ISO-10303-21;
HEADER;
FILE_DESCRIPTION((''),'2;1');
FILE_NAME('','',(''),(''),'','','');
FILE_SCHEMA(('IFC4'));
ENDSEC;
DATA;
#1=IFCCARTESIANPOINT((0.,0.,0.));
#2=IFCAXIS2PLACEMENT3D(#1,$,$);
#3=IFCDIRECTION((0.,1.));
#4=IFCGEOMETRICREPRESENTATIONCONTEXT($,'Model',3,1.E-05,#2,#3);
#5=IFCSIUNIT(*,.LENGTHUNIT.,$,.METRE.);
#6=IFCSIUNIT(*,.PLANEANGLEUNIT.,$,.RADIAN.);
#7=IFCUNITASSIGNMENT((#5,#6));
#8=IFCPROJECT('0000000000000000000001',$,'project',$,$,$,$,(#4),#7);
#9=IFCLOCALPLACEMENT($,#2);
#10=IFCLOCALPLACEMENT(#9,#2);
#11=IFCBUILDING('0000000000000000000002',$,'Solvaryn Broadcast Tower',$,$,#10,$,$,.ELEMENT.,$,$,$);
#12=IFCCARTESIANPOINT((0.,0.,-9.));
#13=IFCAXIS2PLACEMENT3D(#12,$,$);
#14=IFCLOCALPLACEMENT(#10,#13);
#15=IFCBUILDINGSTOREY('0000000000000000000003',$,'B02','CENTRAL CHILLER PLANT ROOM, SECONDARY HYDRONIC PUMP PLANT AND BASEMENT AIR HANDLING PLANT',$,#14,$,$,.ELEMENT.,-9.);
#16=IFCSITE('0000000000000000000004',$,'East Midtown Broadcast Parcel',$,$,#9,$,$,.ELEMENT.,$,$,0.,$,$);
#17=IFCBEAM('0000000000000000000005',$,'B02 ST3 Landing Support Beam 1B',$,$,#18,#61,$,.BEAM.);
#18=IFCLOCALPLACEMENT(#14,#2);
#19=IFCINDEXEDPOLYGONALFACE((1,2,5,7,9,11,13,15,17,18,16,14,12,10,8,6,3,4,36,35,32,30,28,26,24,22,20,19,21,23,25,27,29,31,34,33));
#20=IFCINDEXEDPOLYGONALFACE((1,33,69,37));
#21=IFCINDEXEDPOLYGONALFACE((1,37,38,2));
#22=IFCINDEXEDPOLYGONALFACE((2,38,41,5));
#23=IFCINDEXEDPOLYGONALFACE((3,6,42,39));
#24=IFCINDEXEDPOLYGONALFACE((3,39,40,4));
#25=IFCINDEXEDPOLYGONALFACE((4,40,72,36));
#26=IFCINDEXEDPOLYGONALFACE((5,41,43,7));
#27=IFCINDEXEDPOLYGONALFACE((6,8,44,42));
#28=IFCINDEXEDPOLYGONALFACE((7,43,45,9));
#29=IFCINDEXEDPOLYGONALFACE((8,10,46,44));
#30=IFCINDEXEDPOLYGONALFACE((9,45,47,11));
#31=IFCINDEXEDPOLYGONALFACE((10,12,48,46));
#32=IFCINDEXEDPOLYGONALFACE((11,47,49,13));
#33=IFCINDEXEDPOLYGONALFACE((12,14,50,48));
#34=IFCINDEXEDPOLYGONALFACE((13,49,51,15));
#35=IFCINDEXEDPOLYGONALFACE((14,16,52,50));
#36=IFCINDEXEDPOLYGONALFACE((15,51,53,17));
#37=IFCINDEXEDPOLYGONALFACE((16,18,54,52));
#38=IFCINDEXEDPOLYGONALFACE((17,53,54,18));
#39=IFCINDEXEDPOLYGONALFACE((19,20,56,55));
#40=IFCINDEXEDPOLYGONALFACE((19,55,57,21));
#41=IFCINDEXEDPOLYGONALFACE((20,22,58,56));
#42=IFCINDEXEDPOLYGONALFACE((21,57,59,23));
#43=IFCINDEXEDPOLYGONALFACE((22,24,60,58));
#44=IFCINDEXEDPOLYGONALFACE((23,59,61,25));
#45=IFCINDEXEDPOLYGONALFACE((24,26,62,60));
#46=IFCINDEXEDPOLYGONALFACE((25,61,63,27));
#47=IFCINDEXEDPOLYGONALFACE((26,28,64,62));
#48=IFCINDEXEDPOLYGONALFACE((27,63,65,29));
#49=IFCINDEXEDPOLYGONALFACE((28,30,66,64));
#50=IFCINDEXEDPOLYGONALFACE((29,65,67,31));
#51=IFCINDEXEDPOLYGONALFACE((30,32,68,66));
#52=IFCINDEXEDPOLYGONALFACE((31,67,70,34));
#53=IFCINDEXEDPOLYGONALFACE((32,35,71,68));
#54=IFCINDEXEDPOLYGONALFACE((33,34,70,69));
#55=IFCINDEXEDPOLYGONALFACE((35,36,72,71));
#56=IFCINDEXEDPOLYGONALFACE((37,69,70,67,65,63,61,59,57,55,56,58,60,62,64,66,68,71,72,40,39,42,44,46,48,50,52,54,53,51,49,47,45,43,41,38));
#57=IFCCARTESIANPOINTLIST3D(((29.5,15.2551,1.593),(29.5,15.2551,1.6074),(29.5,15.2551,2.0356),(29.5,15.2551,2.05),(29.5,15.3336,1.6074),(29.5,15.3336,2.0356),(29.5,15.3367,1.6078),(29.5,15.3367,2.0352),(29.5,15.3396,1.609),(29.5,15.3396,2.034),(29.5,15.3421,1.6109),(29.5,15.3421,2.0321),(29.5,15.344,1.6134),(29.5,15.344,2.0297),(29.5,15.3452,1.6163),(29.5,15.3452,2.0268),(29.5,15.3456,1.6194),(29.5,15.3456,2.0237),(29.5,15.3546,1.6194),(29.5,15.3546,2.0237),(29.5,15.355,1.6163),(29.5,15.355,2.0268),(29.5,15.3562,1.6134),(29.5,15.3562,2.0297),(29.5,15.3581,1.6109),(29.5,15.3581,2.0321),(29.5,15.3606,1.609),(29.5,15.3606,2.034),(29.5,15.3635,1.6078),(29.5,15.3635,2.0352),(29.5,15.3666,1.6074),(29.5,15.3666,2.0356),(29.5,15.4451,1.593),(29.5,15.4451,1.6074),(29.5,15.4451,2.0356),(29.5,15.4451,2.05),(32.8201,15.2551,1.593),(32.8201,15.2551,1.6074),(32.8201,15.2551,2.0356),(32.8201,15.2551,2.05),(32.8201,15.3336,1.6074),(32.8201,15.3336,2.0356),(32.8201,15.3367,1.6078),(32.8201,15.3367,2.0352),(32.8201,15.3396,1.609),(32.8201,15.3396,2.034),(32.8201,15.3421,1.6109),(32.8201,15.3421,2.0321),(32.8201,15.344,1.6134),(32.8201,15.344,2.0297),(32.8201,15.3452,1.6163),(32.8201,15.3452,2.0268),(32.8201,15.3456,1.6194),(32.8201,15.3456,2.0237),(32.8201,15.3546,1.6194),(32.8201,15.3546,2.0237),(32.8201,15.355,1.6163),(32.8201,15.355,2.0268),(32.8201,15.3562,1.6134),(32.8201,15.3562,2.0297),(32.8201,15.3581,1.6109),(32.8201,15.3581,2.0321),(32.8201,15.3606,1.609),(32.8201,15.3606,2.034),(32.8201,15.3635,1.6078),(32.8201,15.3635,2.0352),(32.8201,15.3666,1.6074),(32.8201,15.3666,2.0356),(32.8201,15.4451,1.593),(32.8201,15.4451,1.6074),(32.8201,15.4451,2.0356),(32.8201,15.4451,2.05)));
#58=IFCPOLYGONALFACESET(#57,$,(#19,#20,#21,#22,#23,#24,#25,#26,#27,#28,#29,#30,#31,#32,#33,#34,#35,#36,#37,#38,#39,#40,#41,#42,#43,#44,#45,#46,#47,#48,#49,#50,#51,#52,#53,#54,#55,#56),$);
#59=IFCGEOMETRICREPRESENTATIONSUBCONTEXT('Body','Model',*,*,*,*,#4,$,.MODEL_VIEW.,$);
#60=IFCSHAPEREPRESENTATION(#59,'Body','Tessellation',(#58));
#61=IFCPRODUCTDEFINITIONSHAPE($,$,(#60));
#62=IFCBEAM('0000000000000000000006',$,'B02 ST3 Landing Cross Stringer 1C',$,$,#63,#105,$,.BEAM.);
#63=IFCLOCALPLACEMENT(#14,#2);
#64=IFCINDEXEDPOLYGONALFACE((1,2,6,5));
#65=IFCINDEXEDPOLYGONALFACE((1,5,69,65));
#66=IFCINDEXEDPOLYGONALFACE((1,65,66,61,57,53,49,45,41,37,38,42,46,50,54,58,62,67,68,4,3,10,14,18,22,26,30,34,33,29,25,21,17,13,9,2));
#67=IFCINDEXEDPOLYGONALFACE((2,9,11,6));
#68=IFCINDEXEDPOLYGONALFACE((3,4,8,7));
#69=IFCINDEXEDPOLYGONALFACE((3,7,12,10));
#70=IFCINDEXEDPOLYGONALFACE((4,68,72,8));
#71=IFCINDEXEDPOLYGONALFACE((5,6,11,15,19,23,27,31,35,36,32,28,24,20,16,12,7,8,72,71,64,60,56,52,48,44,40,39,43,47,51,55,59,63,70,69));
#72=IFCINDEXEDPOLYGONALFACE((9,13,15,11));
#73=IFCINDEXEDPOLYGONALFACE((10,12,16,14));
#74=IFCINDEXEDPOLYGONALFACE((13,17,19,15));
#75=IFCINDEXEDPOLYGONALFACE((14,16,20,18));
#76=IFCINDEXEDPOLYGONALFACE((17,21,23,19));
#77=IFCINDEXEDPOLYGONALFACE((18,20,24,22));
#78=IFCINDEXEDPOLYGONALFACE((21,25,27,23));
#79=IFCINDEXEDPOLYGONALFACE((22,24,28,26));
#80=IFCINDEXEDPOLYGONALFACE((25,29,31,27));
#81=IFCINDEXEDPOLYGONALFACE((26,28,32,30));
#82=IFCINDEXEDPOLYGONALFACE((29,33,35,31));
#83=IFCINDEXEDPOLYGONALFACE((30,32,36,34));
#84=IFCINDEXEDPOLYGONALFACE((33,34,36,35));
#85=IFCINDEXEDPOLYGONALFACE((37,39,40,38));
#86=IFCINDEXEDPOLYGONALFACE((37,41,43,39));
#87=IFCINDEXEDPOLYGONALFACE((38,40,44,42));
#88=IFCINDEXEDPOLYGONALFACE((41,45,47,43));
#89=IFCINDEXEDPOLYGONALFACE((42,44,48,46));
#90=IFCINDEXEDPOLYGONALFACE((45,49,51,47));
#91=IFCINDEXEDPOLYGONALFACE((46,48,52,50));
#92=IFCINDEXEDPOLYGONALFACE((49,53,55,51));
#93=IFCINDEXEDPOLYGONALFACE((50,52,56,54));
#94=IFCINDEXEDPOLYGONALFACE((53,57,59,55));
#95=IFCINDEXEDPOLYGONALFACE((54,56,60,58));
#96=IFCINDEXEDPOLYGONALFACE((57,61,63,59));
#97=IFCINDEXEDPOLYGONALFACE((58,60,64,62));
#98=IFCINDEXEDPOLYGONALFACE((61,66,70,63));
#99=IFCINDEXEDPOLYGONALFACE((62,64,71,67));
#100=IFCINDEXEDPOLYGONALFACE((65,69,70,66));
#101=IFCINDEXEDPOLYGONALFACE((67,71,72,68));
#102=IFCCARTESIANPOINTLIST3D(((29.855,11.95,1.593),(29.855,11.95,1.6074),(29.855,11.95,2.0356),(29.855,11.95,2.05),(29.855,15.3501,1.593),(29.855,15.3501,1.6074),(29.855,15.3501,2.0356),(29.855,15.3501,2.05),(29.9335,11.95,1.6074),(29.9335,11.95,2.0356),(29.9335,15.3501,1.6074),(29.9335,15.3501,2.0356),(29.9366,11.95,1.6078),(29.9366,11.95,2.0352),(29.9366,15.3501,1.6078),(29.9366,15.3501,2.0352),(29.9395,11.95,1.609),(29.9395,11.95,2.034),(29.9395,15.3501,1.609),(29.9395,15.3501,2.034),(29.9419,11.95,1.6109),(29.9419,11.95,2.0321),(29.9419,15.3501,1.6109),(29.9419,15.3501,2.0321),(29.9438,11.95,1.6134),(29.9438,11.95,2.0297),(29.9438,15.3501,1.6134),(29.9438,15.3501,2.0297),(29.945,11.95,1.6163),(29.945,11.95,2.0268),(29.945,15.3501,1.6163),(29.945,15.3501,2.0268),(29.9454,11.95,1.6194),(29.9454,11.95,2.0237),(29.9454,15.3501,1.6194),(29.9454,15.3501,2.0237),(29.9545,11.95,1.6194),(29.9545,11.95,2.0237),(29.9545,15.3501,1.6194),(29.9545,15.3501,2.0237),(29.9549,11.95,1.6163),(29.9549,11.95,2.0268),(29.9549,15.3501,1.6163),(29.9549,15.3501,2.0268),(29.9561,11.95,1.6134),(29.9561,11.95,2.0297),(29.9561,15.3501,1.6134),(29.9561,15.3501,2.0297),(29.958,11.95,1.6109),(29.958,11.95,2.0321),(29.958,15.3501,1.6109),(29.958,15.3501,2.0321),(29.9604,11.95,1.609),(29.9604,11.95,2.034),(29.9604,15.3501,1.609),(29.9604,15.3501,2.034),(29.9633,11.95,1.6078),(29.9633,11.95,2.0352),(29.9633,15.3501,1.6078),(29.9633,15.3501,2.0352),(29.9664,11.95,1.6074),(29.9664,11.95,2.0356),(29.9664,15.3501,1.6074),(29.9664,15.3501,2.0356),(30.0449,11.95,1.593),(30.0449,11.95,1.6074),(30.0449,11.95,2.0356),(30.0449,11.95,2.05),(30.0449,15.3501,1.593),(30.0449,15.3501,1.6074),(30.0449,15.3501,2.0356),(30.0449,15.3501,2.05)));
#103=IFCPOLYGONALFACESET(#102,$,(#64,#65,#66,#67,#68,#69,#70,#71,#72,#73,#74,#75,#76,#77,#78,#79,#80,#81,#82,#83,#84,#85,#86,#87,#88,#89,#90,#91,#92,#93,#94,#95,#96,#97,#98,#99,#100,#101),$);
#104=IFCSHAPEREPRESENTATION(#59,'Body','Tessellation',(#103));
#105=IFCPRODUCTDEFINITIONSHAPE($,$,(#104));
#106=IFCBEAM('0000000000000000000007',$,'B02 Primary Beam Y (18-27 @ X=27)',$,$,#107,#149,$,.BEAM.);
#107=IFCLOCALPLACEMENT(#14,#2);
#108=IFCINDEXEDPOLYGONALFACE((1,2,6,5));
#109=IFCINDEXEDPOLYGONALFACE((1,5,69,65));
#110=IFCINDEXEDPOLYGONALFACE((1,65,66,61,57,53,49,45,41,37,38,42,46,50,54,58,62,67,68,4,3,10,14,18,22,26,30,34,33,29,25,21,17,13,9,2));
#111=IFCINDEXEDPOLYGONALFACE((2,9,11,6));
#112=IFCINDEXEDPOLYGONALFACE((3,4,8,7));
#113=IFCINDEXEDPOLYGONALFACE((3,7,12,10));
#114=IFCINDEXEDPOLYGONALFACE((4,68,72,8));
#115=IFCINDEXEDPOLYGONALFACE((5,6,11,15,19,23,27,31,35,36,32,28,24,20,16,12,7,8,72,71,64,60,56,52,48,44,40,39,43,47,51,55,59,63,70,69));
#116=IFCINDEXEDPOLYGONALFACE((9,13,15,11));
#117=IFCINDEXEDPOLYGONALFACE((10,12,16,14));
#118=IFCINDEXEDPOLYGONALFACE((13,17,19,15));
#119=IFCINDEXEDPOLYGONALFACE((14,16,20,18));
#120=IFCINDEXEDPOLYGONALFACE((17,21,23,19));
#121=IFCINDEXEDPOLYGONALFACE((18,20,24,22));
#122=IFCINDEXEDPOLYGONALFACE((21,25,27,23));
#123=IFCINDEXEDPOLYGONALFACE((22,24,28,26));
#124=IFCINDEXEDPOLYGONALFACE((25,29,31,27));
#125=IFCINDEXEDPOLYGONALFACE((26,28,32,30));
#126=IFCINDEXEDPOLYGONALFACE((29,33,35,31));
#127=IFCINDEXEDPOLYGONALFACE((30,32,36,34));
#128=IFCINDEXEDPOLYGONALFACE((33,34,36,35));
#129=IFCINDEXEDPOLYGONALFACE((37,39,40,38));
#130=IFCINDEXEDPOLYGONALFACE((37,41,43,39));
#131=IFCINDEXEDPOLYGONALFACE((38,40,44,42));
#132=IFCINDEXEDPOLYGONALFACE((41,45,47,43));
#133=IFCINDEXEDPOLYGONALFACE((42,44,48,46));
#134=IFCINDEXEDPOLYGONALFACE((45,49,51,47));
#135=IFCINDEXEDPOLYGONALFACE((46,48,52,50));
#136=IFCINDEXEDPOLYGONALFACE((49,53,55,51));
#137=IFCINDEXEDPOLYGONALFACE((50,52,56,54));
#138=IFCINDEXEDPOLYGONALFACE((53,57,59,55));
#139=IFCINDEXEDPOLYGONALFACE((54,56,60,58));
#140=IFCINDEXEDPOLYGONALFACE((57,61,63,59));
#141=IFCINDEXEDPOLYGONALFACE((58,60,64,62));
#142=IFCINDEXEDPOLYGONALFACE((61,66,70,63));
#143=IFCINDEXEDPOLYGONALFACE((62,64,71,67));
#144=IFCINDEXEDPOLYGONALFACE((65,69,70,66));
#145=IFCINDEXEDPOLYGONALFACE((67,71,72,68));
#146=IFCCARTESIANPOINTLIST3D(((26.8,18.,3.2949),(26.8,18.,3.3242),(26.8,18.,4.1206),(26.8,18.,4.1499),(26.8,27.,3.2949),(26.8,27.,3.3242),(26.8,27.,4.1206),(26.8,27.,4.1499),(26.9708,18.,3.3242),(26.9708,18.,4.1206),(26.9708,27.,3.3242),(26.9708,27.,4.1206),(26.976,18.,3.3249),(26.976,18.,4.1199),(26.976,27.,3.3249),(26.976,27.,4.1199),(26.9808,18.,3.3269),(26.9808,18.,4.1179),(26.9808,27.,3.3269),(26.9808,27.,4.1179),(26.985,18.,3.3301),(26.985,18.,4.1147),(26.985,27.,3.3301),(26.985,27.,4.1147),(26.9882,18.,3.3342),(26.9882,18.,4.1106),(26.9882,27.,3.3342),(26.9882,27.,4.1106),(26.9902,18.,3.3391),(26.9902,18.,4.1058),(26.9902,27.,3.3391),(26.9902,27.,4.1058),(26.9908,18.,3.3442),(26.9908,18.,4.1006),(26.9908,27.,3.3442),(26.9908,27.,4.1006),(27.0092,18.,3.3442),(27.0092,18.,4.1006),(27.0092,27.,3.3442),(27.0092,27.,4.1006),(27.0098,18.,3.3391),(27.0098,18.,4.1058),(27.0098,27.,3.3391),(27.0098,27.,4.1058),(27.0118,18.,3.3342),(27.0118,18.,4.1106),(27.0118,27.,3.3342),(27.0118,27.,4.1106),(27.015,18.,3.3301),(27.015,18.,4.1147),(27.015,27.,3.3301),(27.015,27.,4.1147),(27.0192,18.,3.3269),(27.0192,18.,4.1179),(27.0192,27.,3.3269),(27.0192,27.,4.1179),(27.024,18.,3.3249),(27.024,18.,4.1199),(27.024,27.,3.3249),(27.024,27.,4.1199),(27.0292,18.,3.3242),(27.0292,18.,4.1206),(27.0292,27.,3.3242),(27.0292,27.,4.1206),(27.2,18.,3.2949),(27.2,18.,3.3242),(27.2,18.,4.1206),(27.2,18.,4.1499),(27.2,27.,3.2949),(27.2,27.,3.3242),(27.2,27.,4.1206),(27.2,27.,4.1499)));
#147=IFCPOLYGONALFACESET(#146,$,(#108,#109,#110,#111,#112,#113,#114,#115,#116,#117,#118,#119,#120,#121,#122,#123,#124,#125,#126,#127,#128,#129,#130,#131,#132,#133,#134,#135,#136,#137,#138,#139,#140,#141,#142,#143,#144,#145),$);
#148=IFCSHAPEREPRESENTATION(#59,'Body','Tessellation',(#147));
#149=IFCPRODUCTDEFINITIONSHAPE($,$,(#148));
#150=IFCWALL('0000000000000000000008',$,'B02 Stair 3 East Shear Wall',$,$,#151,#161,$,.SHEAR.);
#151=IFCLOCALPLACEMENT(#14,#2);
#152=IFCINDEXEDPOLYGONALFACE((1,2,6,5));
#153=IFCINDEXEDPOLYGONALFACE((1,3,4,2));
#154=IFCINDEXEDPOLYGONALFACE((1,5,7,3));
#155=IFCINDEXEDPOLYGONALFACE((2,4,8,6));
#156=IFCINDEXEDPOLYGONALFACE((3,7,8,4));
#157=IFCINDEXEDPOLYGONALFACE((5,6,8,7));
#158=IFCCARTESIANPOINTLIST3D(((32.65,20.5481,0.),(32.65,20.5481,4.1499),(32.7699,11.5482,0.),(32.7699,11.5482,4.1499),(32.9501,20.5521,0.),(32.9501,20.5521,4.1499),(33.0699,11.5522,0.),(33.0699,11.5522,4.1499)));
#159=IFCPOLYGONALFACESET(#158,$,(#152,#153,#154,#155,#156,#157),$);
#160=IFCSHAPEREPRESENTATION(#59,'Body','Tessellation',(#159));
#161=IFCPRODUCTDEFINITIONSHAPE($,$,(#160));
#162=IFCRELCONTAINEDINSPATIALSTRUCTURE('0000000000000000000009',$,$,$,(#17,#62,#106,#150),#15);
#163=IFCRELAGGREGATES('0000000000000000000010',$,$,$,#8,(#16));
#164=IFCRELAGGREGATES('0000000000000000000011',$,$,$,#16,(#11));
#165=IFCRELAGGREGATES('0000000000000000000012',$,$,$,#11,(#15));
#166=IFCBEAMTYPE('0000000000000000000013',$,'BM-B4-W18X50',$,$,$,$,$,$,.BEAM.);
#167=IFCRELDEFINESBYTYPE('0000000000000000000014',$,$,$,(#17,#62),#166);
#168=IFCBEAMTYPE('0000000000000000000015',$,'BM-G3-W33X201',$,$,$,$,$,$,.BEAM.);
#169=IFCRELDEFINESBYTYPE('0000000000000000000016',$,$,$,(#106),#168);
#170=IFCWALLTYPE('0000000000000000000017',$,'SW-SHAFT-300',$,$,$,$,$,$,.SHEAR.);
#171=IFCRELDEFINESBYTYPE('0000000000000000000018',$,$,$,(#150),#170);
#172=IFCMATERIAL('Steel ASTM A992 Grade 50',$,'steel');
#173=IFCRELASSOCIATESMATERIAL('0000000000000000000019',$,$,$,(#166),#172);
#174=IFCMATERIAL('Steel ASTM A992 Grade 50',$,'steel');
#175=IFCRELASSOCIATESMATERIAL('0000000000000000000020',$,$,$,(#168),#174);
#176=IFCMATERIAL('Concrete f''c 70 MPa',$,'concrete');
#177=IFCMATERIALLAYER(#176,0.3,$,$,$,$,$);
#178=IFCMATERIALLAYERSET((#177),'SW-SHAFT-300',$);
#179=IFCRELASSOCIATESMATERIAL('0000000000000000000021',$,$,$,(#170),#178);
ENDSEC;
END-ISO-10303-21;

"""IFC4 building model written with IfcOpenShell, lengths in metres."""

from ifc_helpers import new_model, si_unit, direction, frame, frame_2d, origin, origin_2d, place, context, subcontext, project, spatial, rectangle, i_section, extrude, material, layer, layer_set, material_profile, profile_set, type_object, element, save


model = new_model("IFC4")

# Units and contexts
model_context = context("Model", 3, precision=1e-05, world=origin(), true_north=direction((0.0, 1.0)))
body_context = subcontext(model_context, "Body", "Model", "MODEL_VIEW")
ifc_project = project(units=[si_unit("LENGTHUNIT", "METRE"), si_unit("PLANEANGLEUNIT", "RADIAN")], contexts=[model_context])

# Site, building, storey
site_placement = place(None, origin())
site = spatial("IfcSite", under=ifc_project, at=site_placement, Name="East Midtown Broadcast Parcel", CompositionType="ELEMENT", RefElevation=0.0)
building_placement = place(site_placement, origin())
building = spatial("IfcBuilding", under=site, at=building_placement, Name="Solvaryn Broadcast Tower", CompositionType="ELEMENT")
storey_placement = place(building_placement, frame((0.0, 0.0, -9.0)))
storey = spatial("IfcBuildingStorey", under=building, at=storey_placement, Name="B02", Description="CENTRAL CHILLER PLANT ROOM, SECONDARY HYDRONIC PUMP PLANT AND BASEMENT AIR HANDLING PLANT", CompositionType="ELEMENT", Elevation=-9.0)

# Beams
ifc_material_1 = material(Name="Steel ASTM A992 Grade 50", Category="steel")
ifc_material_profile_1 = material_profile(ifc_material_1, i_section(OverallWidth=0.1899, OverallDepth=0.457, WebThickness=0.009, FlangeThickness=0.0144, FilletRadius=0.012, at=origin_2d()))
ifc_profile_set_1 = profile_set([ifc_material_profile_1], Name="Steel ASTM A992 Grade 50")
beam_type_1 = type_object("IfcBeamType", Name="BM-B4-W18X50", PredefinedType="BEAM", material=ifc_profile_set_1)
for number, where, z_axis, x_axis, name in (
    (1, (29.5, 15.3501, 1.8215), (1.0, 0.0, 0.0), (0.0, 1.0, 0.0), "B02 ST3 Landing Support Beam 1B"),
):
    element("IfcBeam", number, at=place(storey_placement, frame(where, z_axis=z_axis, x_axis=x_axis)), inside=storey, type_object=beam_type_1, Name=name, PredefinedType="BEAM", context=body_context, shape_type="SweptSolid", body=[
        extrude(i_section(OverallWidth=0.1899, OverallDepth=0.457, WebThickness=0.009, FlangeThickness=0.0144, FilletRadius=0.012, at=origin_2d()), origin(), (0.0, 0.0, 1.0), 3.3201),
    ])
beam_1_placement = place(storey_placement, frame((29.95, 11.95, 1.8215), z_axis=(0.0, 1.0, 0.0), x_axis=(-1.0, 0.0, 0.0)))
element("IfcBeam", 2, at=beam_1_placement, inside=storey, type_object=beam_type_1, Name="B02 ST3 Landing Cross Stringer 1C", PredefinedType="BEAM", context=body_context, shape_type="SweptSolid", body=[
    extrude(i_section(OverallWidth=0.1899, OverallDepth=0.457, WebThickness=0.009, FlangeThickness=0.0144, FilletRadius=0.012, at=origin_2d()), origin(), (0.0, 0.0, 1.0), 3.4001),
])
ifc_material_2 = material(Name="Steel ASTM A992 Grade 50", Category="steel")
ifc_material_profile_2 = material_profile(ifc_material_2, i_section(OverallWidth=0.3999, OverallDepth=0.855, WebThickness=0.0183, FlangeThickness=0.0293, FilletRadius=0.02, at=origin_2d()))
ifc_profile_set_2 = profile_set([ifc_material_profile_2], Name="Steel ASTM A992 Grade 50")
beam_type_2 = type_object("IfcBeamType", Name="BM-G3-W33X201", PredefinedType="BEAM", material=ifc_profile_set_2)
beam_2_placement = place(storey_placement, frame((27.0, 18.0, 3.7224), z_axis=(0.0, 1.0, 0.0), x_axis=(-1.0, 0.0, 0.0)))
element("IfcBeam", 3, at=beam_2_placement, inside=storey, type_object=beam_type_2, Name="B02 Primary Beam Y (18-27 @ X=27)", PredefinedType="BEAM", context=body_context, shape_type="SweptSolid", body=[
    extrude(i_section(OverallWidth=0.3999, OverallDepth=0.855, WebThickness=0.0183, FlangeThickness=0.0293, FilletRadius=0.02, at=origin_2d()), origin(), (0.0, 0.0, 1.0), 9.0),
])

# Wall
ifc_material_3 = material(Name="Concrete f'c 70 MPa", Category="concrete")
ifc_layer_1 = layer(ifc_material_3, 0.3)
ifc_layer_set_1 = layer_set([ifc_layer_1], Name="SW-SHAFT-300")
wall_type_1 = type_object("IfcWallType", Name="SW-SHAFT-300", PredefinedType="SHEAR", material=ifc_layer_set_1)
wall_1_placement = place(storey_placement, frame((32.9199, 11.55, 0.0), z_axis=(0.0, 0.0, 1.0), x_axis=(-0.013318, 0.999911, 0.0)))
element("IfcWall", 4, at=wall_1_placement, inside=storey, type_object=wall_type_1, Name="B02 Stair 3 East Shear Wall", PredefinedType="SHEAR", context=body_context, shape_type="SweptSolid", body=[
    extrude(rectangle(XDim=9.0007, YDim=0.3, at=frame_2d((4.5005, 0.0))), origin(), (0.0, 0.0, 1.0), 4.1499),
])

save(model, "model.ifc")
